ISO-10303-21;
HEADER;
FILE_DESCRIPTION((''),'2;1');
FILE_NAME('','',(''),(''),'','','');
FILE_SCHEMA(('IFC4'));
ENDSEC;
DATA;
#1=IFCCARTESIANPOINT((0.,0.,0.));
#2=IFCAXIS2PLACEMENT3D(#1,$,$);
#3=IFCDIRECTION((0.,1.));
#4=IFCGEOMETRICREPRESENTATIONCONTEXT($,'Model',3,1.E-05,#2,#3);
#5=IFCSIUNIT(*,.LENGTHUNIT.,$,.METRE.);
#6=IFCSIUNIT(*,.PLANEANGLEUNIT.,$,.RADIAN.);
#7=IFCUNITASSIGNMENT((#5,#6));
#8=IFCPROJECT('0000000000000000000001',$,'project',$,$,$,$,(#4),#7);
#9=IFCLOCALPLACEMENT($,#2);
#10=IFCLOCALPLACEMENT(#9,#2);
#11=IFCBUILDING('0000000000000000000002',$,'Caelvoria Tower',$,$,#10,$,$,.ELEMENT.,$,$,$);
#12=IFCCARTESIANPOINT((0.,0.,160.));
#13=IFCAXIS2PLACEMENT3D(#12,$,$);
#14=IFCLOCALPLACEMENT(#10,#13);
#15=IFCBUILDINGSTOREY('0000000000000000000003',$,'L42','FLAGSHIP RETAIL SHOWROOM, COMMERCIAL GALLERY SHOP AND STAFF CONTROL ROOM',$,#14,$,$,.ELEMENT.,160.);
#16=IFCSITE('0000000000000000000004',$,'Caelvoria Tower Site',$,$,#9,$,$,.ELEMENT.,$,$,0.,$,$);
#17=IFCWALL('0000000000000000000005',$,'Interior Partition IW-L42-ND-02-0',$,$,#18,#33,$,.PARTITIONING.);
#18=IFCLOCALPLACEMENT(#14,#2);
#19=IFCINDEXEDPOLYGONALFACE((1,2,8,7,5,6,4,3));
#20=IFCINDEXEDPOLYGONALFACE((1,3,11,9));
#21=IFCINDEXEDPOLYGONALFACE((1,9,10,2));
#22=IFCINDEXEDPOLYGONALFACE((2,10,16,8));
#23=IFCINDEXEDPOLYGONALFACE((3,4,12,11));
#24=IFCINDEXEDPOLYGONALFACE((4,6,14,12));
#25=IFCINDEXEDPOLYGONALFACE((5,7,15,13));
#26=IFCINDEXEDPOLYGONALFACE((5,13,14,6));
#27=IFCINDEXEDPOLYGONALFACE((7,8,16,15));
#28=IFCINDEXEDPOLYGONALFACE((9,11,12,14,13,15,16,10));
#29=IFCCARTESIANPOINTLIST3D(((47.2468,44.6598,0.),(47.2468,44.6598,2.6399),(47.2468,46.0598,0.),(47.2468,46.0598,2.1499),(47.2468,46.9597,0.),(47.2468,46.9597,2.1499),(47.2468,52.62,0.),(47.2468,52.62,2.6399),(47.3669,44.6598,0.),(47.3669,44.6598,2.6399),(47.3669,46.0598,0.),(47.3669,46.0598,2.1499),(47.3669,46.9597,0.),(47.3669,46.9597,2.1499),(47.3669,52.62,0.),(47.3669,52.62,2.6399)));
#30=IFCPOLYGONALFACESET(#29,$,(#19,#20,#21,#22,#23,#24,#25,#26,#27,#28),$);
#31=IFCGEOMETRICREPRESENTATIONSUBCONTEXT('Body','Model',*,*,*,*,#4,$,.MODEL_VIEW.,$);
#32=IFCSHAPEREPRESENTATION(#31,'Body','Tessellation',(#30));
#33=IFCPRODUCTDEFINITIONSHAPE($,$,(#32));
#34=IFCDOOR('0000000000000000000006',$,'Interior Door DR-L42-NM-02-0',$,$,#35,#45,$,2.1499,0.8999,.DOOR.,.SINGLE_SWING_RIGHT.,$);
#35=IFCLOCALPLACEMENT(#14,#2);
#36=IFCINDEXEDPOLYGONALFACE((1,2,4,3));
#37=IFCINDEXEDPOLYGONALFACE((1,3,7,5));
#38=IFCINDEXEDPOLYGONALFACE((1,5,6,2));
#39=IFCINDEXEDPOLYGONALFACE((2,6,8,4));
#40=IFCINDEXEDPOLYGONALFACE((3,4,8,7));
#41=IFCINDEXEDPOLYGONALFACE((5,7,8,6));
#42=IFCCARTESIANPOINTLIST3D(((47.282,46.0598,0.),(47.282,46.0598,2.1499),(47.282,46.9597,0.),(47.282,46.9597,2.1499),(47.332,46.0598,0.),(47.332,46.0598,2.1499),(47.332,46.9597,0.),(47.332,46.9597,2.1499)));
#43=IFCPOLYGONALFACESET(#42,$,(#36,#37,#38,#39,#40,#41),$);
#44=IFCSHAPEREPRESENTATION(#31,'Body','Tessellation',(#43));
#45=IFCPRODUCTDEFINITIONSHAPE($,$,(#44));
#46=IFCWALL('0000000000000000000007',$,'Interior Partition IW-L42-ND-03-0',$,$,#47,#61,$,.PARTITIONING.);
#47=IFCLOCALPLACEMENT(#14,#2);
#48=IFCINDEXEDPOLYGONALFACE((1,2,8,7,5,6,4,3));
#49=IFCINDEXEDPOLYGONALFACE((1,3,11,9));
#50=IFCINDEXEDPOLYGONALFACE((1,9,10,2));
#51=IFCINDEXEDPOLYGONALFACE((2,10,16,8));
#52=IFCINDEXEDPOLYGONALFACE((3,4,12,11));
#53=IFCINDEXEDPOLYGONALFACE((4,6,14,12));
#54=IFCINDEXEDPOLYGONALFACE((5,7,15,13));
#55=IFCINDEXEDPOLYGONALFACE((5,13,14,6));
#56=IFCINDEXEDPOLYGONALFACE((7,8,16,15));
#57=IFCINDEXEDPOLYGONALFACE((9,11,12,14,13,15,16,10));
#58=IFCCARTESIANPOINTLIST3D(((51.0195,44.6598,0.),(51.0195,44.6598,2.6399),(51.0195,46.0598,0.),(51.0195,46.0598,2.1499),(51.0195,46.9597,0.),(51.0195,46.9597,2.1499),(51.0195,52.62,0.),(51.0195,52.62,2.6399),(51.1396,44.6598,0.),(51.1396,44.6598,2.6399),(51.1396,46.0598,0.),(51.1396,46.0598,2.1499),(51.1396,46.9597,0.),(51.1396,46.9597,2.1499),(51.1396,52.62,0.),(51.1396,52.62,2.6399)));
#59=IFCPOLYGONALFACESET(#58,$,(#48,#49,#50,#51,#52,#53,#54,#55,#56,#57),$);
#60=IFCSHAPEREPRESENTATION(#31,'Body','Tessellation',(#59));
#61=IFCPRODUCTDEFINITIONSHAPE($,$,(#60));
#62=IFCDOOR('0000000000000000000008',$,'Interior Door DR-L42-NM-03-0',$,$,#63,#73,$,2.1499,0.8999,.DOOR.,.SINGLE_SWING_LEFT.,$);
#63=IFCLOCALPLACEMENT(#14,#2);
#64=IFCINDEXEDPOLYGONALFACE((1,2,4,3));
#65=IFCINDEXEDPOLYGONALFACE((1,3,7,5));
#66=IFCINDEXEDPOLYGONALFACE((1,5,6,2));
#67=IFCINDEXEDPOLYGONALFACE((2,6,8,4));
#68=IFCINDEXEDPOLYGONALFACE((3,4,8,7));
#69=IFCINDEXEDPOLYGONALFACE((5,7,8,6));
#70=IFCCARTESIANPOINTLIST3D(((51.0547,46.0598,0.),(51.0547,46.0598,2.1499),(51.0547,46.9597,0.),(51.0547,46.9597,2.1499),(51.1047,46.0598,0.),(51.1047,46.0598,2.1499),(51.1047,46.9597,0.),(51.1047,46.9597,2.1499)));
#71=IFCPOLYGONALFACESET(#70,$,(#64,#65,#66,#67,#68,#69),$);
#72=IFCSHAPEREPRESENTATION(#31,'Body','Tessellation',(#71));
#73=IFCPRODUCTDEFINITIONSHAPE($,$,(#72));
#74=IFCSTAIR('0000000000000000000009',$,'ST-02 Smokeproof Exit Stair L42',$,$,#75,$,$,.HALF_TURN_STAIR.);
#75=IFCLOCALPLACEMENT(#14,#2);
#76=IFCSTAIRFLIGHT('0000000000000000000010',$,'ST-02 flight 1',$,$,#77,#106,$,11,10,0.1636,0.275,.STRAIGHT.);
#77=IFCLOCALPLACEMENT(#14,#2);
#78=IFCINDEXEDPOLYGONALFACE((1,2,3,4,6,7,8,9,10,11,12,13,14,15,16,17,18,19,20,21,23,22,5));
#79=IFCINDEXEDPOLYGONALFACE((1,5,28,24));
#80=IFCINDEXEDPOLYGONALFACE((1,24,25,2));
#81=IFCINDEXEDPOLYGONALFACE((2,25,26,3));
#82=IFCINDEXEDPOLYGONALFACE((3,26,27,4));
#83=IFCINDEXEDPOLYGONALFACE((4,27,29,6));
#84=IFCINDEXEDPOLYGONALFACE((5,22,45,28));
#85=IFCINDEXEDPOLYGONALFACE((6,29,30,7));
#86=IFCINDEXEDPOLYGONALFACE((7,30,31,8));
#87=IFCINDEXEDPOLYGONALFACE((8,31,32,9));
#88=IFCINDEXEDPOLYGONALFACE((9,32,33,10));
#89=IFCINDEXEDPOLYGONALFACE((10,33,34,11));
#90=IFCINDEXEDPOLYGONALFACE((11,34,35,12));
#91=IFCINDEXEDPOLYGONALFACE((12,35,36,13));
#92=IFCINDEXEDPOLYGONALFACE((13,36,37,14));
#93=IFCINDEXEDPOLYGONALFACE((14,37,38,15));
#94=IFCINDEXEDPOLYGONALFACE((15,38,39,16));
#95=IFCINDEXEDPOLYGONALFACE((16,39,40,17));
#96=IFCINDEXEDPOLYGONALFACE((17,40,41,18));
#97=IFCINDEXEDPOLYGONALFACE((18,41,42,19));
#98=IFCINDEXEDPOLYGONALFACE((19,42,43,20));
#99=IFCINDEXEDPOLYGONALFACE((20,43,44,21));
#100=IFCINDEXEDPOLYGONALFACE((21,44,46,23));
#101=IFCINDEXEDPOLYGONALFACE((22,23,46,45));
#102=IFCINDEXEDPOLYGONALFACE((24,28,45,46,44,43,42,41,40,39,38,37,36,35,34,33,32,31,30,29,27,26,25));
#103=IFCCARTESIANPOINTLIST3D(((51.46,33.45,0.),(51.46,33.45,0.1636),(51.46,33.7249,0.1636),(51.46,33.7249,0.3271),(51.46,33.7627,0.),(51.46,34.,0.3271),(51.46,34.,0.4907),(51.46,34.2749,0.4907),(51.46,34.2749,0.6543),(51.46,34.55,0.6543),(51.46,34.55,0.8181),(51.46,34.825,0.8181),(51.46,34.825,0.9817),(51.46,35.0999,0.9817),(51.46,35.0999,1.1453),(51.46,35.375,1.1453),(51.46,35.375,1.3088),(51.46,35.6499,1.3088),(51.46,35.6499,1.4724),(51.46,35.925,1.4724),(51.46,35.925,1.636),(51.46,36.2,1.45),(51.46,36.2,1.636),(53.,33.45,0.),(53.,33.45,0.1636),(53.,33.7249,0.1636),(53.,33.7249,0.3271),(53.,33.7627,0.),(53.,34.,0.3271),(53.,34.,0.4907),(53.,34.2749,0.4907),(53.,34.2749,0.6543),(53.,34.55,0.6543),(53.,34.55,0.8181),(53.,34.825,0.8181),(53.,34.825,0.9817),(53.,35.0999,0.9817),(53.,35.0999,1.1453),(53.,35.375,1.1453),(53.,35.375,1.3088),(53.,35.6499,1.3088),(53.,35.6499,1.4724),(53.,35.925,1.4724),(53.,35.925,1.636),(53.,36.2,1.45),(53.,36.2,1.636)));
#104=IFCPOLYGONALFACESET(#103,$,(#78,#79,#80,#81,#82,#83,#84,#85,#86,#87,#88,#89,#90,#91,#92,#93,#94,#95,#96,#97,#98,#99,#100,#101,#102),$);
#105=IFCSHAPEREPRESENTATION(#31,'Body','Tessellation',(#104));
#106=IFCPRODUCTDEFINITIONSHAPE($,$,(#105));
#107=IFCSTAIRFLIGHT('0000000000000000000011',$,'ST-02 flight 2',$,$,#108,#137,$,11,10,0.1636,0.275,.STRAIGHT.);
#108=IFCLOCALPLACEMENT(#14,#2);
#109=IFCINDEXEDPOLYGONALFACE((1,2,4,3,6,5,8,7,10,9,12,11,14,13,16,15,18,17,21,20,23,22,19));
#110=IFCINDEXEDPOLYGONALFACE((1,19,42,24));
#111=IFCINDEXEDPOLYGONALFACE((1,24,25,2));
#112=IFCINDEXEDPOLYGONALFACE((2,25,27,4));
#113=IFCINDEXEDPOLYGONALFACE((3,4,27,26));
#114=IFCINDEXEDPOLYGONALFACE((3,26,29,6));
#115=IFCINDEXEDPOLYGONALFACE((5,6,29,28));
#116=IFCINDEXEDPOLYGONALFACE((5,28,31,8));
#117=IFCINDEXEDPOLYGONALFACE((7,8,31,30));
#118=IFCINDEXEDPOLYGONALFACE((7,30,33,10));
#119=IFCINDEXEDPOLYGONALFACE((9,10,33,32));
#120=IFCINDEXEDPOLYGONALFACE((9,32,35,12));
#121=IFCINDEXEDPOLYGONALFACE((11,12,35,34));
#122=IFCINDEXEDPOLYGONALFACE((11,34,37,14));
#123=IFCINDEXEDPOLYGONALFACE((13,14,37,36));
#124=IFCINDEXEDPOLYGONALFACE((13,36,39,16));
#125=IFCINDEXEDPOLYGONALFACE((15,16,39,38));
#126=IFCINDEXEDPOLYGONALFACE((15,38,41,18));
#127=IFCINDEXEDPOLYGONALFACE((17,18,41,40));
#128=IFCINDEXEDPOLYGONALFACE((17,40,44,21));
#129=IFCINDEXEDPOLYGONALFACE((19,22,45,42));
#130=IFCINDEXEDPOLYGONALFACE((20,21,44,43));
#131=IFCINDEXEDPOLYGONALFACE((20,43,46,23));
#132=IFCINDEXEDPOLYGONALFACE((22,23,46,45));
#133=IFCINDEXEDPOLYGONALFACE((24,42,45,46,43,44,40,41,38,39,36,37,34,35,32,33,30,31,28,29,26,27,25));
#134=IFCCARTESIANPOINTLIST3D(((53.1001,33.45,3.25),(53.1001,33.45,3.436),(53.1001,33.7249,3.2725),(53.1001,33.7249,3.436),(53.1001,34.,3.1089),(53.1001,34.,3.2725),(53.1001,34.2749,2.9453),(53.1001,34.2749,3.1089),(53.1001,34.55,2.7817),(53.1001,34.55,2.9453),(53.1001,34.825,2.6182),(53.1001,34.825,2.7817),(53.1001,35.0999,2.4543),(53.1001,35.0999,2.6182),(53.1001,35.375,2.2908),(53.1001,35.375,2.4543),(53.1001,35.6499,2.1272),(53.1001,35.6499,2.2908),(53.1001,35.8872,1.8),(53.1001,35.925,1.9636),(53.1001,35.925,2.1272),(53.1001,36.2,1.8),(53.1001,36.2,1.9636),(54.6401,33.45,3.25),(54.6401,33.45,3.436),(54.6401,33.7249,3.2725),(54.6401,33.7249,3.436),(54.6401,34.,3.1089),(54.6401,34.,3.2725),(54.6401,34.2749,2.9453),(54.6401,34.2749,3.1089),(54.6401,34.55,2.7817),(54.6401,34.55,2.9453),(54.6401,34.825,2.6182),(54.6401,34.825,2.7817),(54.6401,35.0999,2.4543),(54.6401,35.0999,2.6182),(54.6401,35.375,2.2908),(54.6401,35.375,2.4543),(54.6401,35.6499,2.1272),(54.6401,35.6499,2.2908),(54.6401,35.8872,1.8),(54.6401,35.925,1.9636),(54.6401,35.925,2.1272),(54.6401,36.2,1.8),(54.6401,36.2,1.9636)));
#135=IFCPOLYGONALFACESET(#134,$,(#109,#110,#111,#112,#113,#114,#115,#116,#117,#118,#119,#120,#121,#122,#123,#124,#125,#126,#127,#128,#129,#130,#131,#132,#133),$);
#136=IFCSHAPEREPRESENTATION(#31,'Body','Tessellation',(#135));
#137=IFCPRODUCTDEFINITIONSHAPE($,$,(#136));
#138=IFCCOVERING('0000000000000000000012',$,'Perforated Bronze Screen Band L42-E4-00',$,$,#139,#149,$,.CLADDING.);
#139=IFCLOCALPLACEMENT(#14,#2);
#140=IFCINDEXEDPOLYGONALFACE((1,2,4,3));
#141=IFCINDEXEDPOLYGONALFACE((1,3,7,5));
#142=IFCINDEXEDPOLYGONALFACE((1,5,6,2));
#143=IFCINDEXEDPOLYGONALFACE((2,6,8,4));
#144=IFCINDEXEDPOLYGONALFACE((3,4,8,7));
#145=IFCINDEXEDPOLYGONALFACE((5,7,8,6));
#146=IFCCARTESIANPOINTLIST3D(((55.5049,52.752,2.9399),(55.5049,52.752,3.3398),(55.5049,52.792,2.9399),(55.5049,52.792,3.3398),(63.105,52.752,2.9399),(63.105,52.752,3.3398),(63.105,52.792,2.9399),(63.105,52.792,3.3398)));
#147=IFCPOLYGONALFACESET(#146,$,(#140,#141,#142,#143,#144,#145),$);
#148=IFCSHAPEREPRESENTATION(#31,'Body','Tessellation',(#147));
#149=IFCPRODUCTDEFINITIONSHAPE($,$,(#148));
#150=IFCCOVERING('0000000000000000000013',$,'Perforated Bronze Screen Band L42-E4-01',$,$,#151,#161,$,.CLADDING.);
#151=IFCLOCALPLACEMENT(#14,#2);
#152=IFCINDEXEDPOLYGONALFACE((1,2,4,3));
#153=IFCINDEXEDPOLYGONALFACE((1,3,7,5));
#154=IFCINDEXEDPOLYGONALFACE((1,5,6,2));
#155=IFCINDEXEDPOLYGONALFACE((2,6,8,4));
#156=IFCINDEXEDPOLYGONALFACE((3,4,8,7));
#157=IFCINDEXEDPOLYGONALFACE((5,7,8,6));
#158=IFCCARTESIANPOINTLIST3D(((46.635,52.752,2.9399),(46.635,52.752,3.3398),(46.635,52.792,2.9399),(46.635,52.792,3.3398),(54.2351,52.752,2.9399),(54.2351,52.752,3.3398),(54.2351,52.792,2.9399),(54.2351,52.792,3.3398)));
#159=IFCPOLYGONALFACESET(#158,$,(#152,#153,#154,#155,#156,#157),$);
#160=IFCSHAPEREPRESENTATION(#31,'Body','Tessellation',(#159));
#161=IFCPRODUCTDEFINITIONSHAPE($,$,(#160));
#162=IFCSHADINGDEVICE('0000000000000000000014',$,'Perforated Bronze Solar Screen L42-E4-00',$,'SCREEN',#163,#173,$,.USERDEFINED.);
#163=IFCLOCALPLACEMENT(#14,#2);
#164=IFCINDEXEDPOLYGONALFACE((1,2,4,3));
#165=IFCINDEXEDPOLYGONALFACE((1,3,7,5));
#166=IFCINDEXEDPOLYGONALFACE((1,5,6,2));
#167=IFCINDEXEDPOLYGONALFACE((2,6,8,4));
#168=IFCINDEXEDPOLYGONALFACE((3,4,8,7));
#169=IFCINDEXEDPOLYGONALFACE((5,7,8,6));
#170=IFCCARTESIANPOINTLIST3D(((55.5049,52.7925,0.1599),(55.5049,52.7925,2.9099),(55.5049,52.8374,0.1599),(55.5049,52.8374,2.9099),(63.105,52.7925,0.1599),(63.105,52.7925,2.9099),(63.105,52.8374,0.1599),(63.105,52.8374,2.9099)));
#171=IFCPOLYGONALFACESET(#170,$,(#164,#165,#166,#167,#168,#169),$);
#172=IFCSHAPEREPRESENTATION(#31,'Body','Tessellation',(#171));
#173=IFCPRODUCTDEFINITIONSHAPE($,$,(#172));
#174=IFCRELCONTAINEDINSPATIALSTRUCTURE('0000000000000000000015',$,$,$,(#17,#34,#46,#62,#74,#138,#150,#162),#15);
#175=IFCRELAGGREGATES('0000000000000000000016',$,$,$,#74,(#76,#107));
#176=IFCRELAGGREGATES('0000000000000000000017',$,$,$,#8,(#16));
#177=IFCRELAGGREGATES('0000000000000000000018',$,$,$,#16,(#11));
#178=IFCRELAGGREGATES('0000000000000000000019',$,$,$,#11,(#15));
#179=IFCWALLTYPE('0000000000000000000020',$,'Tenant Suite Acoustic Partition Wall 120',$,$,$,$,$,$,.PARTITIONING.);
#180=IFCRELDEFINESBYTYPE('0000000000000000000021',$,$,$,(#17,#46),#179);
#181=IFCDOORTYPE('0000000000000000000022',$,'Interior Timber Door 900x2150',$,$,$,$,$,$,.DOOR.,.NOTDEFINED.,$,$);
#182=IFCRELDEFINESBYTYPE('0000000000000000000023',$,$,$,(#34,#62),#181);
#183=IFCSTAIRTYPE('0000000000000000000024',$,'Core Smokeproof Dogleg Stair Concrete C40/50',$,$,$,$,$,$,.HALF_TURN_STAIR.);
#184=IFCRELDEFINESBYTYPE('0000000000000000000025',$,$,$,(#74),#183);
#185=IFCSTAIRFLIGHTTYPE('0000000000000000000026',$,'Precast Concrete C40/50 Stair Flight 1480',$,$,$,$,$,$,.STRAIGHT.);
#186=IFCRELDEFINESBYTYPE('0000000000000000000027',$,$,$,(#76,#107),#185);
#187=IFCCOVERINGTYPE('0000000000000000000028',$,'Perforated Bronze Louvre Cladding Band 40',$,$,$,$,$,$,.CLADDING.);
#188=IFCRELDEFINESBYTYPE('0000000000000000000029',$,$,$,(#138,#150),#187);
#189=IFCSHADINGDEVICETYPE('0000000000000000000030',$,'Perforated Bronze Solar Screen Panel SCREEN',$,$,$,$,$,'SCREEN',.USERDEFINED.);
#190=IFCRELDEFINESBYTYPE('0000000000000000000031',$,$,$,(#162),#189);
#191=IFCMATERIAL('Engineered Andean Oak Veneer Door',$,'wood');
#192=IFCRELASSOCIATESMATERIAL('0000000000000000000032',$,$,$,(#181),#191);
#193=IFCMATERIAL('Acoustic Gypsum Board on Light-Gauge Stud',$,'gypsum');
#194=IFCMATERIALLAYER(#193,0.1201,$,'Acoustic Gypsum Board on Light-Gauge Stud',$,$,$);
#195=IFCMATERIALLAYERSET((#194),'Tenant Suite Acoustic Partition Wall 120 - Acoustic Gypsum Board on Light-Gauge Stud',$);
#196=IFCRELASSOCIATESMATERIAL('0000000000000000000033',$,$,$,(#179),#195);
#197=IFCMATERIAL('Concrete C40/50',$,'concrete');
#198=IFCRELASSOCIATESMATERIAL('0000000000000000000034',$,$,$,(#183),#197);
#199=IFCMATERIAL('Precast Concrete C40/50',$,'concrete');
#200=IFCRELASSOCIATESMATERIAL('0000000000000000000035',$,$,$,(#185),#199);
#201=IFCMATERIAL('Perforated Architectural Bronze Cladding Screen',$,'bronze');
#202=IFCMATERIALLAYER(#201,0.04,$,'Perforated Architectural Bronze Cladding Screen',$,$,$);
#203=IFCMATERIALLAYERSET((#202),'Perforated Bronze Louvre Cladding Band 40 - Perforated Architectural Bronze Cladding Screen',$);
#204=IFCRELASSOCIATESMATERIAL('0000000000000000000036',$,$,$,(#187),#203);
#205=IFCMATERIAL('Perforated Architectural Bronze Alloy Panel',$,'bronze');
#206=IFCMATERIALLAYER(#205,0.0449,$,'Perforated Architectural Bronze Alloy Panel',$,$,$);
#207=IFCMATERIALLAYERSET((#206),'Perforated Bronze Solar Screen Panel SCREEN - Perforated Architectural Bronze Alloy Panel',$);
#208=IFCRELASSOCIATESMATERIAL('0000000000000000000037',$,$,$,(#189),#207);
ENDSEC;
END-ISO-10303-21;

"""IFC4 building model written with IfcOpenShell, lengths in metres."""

from ifc_helpers import new_model, si_unit, direction, frame, frame_2d, origin, origin_2d, place, context, subcontext, project, spatial, polyline, rectangle, outline, extrude, material, layer, layer_set, type_object, element, fill, aggregate, save


model = new_model("IFC4")

# Units and contexts
model_context = context("Model", 3, precision=1e-05, world=origin(), true_north=direction((0.0, 1.0)))
body_context = subcontext(model_context, "Body", "Model", "MODEL_VIEW")
ifc_project = project(units=[si_unit("LENGTHUNIT", "METRE"), si_unit("PLANEANGLEUNIT", "RADIAN")], contexts=[model_context])

# Site, building, storey
site_placement = place(None, origin())
site = spatial("IfcSite", under=ifc_project, at=site_placement, Name="Caelvoria Tower Site", CompositionType="ELEMENT", RefElevation=0.0)
building_placement = place(site_placement, origin())
building = spatial("IfcBuilding", under=site, at=building_placement, Name="Caelvoria Tower", CompositionType="ELEMENT")
storey_placement = place(building_placement, frame((0.0, 0.0, 160.0)))
storey = spatial("IfcBuildingStorey", under=building, at=storey_placement, Name="L42", Description="FLAGSHIP RETAIL SHOWROOM, COMMERCIAL GALLERY SHOP AND STAFF CONTROL ROOM", CompositionType="ELEMENT", Elevation=160.0)

# Walls, openings, doors
ifc_material_1 = material(Name="Engineered Andean Oak Veneer Door", Category="wood")
door_type_1 = type_object("IfcDoorType", Name="Interior Timber Door 900x2150", OperationType="NOTDEFINED", PredefinedType="DOOR", material=ifc_material_1)
ifc_material_2 = material(Name="Acoustic Gypsum Board on Light-Gauge Stud", Category="gypsum")
ifc_layer_1 = layer(ifc_material_2, 0.1201, Name="Acoustic Gypsum Board on Light-Gauge Stud")
ifc_layer_set_1 = layer_set([ifc_layer_1], Name="Tenant Suite Acoustic Partition Wall 120 - Acoustic Gypsum Board on Light-Gauge Stud")
wall_type_1 = type_object("IfcWallType", Name="Tenant Suite Acoustic Partition Wall 120", PredefinedType="PARTITIONING", material=ifc_layer_set_1)
wall_1_placement = place(storey_placement, frame((47.3069, 44.6599, 0.0), z_axis=(0.0, 0.0, 1.0), x_axis=(0.0, 1.0, 0.0)))
wall_1 = element("IfcWall", 1, at=wall_1_placement, inside=storey, type_object=wall_type_1, Name="Interior Partition IW-L42-ND-02-0", PredefinedType="PARTITIONING", context=body_context, shape_type="SweptSolid", body=[
    extrude(rectangle(XDim=7.9602, YDim=0.1201, at=frame_2d((3.98, 0.0))), origin(), (0.0, 0.0, 1.0), 2.6399),
])
opening_1_placement = place(wall_1_placement, frame((1.3999, 0.0, 0.0)))
opening_1 = element("IfcOpeningElement", 2, at=opening_1_placement, cuts=wall_1, PredefinedType="OPENING", context=body_context, shape_type="SweptSolid", body=[
    extrude(rectangle(XDim=0.8999, YDim=2.1499, at=frame_2d((0.45, 1.075))), frame((0.0, 0.0701, 0.0), z_axis=(0.0, -1.0, 0.0), x_axis=(1.0, 0.0, 0.0)), (0.0, 0.0, 1.0), 0.1401),
])
door_1_placement = place(opening_1_placement, origin())
door_1 = element("IfcDoor", 3, at=door_1_placement, inside=storey, type_object=door_type_1, Name="Interior Door DR-L42-NM-02-0", OperationType="SINGLE_SWING_RIGHT", OverallHeight=2.1499, OverallWidth=0.8999, PredefinedType="DOOR", context=body_context, shape_type="SweptSolid", body=[
    extrude(rectangle(XDim=0.8999, YDim=2.1499, at=frame_2d((0.45, 1.075))), frame((0.0, 0.0249, 0.0), z_axis=(0.0, -1.0, 0.0), x_axis=(1.0, 0.0, 0.0)), (0.0, 0.0, 1.0), 0.05),
])
fill(opening_1, door_1)
wall_2_placement = place(storey_placement, frame((51.0796, 44.6599, 0.0), z_axis=(0.0, 0.0, 1.0), x_axis=(0.0, 1.0, 0.0)))
wall_2 = element("IfcWall", 4, at=wall_2_placement, inside=storey, type_object=wall_type_1, Name="Interior Partition IW-L42-ND-03-0", PredefinedType="PARTITIONING", context=body_context, shape_type="SweptSolid", body=[
    extrude(rectangle(XDim=7.9602, YDim=0.1201, at=frame_2d((3.98, 0.0))), origin(), (0.0, 0.0, 1.0), 2.6399),
])
opening_2_placement = place(wall_2_placement, frame((1.3999, 0.0, 0.0)))
opening_2 = element("IfcOpeningElement", 5, at=opening_2_placement, cuts=wall_2, PredefinedType="OPENING", context=body_context, shape_type="SweptSolid", body=[
    extrude(rectangle(XDim=0.8999, YDim=2.1499, at=frame_2d((0.45, 1.075))), frame((0.0, 0.0701, 0.0), z_axis=(0.0, -1.0, 0.0), x_axis=(1.0, 0.0, 0.0)), (0.0, 0.0, 1.0), 0.1401),
])
door_2_placement = place(opening_2_placement, origin())
door_2 = element("IfcDoor", 6, at=door_2_placement, inside=storey, type_object=door_type_1, Name="Interior Door DR-L42-NM-03-0", OperationType="SINGLE_SWING_LEFT", OverallHeight=2.1499, OverallWidth=0.8999, PredefinedType="DOOR", context=body_context, shape_type="SweptSolid", body=[
    extrude(rectangle(XDim=0.8999, YDim=2.1499, at=frame_2d((0.45, 1.075))), frame((0.0, 0.0249, 0.0), z_axis=(0.0, -1.0, 0.0), x_axis=(1.0, 0.0, 0.0)), (0.0, 0.0, 1.0), 0.05),
])
fill(opening_2, door_2)

# Stair, stair flights
ifc_material_3 = material(Name="Concrete C40/50", Category="concrete")
stair_type = type_object("IfcStairType", Name="Core Smokeproof Dogleg Stair Concrete C40/50", PredefinedType="HALF_TURN_STAIR", material=ifc_material_3)
stair_placement = place(storey_placement, origin())
stair = element("IfcStair", 7, at=stair_placement, inside=storey, type_object=stair_type, Name="ST-02 Smokeproof Exit Stair L42", PredefinedType="HALF_TURN_STAIR")
ifc_material_4 = material(Name="Precast Concrete C40/50", Category="concrete")
stair_flight_type = type_object("IfcStairFlightType", Name="Precast Concrete C40/50 Stair Flight 1480", PredefinedType="STRAIGHT", material=ifc_material_4)
stair_flight_1_placement = place(storey_placement, frame((52.23, 33.45, 0.0), z_axis=(0.0, 0.0, 1.0), x_axis=(0.0, 1.0, 0.0)))
stair_flight_1 = element("IfcStairFlight", 8, at=stair_flight_1_placement, type_object=stair_flight_type, Name="ST-02 flight 1", NumberOfRisers=11, NumberOfTreads=10, PredefinedType="STRAIGHT", RiserHeight=0.1636, TreadLength=0.275, context=body_context, shape_type="SweptSolid", body=[
    extrude(outline(polyline([(0.0, 0.0), (0.0, 0.1636), (0.2749, 0.1636), (0.2749, 0.3271), (0.55, 0.3271), (0.55, 0.4907), (0.825, 0.4907), (0.825, 0.6543), (1.1001, 0.6543), (1.1001, 0.8181), (1.375, 0.8181), (1.375, 0.9817), (1.6499, 0.9817), (1.6499, 1.1453), (1.925, 1.1453), (1.925, 1.3088), (2.2, 1.3088), (2.2, 1.4724), (2.4751, 1.4724), (2.4751, 1.636), (2.75, 1.636), (2.75, 1.7996), (2.75, 1.45), (0.3127, 0.0), (0.0, 0.0)])), frame((0.0, 0.77, 0.0), z_axis=(0.0, -1.0, 0.0), x_axis=(1.0, 0.0, 0.0)), (0.0, 0.0, 1.0), 1.54),
])
stair_flight_2_placement = place(storey_placement, frame((53.8701, 36.2, 1.8), z_axis=(0.0, 0.0, 1.0), x_axis=(0.0, -1.0, 0.0)))
stair_flight_2 = element("IfcStairFlight", 9, at=stair_flight_2_placement, type_object=stair_flight_type, Name="ST-02 flight 2", NumberOfRisers=11, NumberOfTreads=10, PredefinedType="STRAIGHT", RiserHeight=0.1636, TreadLength=0.275, context=body_context, shape_type="SweptSolid", body=[
    extrude(outline(polyline([(0.0, 0.0), (0.0, 0.1636), (0.2749, 0.1636), (0.2749, 0.3271), (0.55, 0.3271), (0.55, 0.4907), (0.825, 0.4907), (0.825, 0.6543), (1.1001, 0.6543), (1.1001, 0.8181), (1.375, 0.8181), (1.375, 0.9817), (1.6499, 0.9817), (1.6499, 1.1453), (1.925, 1.1453), (1.925, 1.3088), (2.2, 1.3088), (2.2, 1.4724), (2.4751, 1.4724), (2.4751, 1.636), (2.75, 1.636), (2.75, 1.7996), (2.75, 1.45), (0.3127, 0.0), (0.0, 0.0)])), frame((0.0, 0.77, 0.0), z_axis=(0.0, -1.0, 0.0), x_axis=(1.0, 0.0, 0.0)), (0.0, 0.0, 1.0), 1.54),
])
aggregate(stair, [stair_flight_1, stair_flight_2])

# Coverings
ifc_material_5 = material(Name="Perforated Architectural Bronze Cladding Screen", Category="bronze")
ifc_layer_2 = layer(ifc_material_5, 0.04, Name="Perforated Architectural Bronze Cladding Screen")
ifc_layer_set_2 = layer_set([ifc_layer_2], Name="Perforated Bronze Louvre Cladding Band 40 - Perforated Architectural Bronze Cladding Screen")
covering_type = type_object("IfcCoveringType", Name="Perforated Bronze Louvre Cladding Band 40", PredefinedType="CLADDING", material=ifc_layer_set_2)
for number, where, z_axis, x_axis, name in (
    (10, (59.3049, 52.772, 2.9399), (0.0, 0.0, 1.0), (-1.0, 0.0, 0.0), "Perforated Bronze Screen Band L42-E4-00"),
    (11, (50.4351, 52.772, 2.9399), (0.0, 0.0, 1.0), (-1.0, 0.0, 0.0), "Perforated Bronze Screen Band L42-E4-01"),
):
    element("IfcCovering", number, at=place(storey_placement, frame(where, z_axis=z_axis, x_axis=x_axis)), inside=storey, type_object=covering_type, Name=name, PredefinedType="CLADDING", context=body_context, shape_type="SweptSolid", body=[
        extrude(rectangle(XDim=7.6001, YDim=0.04, at=origin_2d()), origin(), (0.0, 0.0, 1.0), 0.3999),
    ])

# Shading device
ifc_material_6 = material(Name="Perforated Architectural Bronze Alloy Panel", Category="bronze")
ifc_layer_3 = layer(ifc_material_6, 0.0449, Name="Perforated Architectural Bronze Alloy Panel")
ifc_layer_set_3 = layer_set([ifc_layer_3], Name="Perforated Bronze Solar Screen Panel SCREEN - Perforated Architectural Bronze Alloy Panel")
shading_device_type = type_object("IfcShadingDeviceType", Name="Perforated Bronze Solar Screen Panel SCREEN", ElementType="SCREEN", PredefinedType="USERDEFINED", material=ifc_layer_set_3)
for number, where, z_axis, x_axis, name in (
    (12, (59.3049, 52.8149, 0.1599), (0.0, 0.0, 1.0), (-1.0, 0.0, 0.0), "Perforated Bronze Solar Screen L42-E4-00"),
):
    element("IfcShadingDevice", number, at=place(storey_placement, frame(where, z_axis=z_axis, x_axis=x_axis)), inside=storey, type_object=shading_device_type, Name=name, ObjectType="SCREEN", PredefinedType="USERDEFINED", context=body_context, shape_type="SweptSolid", body=[
        extrude(rectangle(XDim=7.6001, YDim=0.0449, at=origin_2d()), origin(), (0.0, 0.0, 1.0), 2.75),
    ])

save(model, "model.ifc")
